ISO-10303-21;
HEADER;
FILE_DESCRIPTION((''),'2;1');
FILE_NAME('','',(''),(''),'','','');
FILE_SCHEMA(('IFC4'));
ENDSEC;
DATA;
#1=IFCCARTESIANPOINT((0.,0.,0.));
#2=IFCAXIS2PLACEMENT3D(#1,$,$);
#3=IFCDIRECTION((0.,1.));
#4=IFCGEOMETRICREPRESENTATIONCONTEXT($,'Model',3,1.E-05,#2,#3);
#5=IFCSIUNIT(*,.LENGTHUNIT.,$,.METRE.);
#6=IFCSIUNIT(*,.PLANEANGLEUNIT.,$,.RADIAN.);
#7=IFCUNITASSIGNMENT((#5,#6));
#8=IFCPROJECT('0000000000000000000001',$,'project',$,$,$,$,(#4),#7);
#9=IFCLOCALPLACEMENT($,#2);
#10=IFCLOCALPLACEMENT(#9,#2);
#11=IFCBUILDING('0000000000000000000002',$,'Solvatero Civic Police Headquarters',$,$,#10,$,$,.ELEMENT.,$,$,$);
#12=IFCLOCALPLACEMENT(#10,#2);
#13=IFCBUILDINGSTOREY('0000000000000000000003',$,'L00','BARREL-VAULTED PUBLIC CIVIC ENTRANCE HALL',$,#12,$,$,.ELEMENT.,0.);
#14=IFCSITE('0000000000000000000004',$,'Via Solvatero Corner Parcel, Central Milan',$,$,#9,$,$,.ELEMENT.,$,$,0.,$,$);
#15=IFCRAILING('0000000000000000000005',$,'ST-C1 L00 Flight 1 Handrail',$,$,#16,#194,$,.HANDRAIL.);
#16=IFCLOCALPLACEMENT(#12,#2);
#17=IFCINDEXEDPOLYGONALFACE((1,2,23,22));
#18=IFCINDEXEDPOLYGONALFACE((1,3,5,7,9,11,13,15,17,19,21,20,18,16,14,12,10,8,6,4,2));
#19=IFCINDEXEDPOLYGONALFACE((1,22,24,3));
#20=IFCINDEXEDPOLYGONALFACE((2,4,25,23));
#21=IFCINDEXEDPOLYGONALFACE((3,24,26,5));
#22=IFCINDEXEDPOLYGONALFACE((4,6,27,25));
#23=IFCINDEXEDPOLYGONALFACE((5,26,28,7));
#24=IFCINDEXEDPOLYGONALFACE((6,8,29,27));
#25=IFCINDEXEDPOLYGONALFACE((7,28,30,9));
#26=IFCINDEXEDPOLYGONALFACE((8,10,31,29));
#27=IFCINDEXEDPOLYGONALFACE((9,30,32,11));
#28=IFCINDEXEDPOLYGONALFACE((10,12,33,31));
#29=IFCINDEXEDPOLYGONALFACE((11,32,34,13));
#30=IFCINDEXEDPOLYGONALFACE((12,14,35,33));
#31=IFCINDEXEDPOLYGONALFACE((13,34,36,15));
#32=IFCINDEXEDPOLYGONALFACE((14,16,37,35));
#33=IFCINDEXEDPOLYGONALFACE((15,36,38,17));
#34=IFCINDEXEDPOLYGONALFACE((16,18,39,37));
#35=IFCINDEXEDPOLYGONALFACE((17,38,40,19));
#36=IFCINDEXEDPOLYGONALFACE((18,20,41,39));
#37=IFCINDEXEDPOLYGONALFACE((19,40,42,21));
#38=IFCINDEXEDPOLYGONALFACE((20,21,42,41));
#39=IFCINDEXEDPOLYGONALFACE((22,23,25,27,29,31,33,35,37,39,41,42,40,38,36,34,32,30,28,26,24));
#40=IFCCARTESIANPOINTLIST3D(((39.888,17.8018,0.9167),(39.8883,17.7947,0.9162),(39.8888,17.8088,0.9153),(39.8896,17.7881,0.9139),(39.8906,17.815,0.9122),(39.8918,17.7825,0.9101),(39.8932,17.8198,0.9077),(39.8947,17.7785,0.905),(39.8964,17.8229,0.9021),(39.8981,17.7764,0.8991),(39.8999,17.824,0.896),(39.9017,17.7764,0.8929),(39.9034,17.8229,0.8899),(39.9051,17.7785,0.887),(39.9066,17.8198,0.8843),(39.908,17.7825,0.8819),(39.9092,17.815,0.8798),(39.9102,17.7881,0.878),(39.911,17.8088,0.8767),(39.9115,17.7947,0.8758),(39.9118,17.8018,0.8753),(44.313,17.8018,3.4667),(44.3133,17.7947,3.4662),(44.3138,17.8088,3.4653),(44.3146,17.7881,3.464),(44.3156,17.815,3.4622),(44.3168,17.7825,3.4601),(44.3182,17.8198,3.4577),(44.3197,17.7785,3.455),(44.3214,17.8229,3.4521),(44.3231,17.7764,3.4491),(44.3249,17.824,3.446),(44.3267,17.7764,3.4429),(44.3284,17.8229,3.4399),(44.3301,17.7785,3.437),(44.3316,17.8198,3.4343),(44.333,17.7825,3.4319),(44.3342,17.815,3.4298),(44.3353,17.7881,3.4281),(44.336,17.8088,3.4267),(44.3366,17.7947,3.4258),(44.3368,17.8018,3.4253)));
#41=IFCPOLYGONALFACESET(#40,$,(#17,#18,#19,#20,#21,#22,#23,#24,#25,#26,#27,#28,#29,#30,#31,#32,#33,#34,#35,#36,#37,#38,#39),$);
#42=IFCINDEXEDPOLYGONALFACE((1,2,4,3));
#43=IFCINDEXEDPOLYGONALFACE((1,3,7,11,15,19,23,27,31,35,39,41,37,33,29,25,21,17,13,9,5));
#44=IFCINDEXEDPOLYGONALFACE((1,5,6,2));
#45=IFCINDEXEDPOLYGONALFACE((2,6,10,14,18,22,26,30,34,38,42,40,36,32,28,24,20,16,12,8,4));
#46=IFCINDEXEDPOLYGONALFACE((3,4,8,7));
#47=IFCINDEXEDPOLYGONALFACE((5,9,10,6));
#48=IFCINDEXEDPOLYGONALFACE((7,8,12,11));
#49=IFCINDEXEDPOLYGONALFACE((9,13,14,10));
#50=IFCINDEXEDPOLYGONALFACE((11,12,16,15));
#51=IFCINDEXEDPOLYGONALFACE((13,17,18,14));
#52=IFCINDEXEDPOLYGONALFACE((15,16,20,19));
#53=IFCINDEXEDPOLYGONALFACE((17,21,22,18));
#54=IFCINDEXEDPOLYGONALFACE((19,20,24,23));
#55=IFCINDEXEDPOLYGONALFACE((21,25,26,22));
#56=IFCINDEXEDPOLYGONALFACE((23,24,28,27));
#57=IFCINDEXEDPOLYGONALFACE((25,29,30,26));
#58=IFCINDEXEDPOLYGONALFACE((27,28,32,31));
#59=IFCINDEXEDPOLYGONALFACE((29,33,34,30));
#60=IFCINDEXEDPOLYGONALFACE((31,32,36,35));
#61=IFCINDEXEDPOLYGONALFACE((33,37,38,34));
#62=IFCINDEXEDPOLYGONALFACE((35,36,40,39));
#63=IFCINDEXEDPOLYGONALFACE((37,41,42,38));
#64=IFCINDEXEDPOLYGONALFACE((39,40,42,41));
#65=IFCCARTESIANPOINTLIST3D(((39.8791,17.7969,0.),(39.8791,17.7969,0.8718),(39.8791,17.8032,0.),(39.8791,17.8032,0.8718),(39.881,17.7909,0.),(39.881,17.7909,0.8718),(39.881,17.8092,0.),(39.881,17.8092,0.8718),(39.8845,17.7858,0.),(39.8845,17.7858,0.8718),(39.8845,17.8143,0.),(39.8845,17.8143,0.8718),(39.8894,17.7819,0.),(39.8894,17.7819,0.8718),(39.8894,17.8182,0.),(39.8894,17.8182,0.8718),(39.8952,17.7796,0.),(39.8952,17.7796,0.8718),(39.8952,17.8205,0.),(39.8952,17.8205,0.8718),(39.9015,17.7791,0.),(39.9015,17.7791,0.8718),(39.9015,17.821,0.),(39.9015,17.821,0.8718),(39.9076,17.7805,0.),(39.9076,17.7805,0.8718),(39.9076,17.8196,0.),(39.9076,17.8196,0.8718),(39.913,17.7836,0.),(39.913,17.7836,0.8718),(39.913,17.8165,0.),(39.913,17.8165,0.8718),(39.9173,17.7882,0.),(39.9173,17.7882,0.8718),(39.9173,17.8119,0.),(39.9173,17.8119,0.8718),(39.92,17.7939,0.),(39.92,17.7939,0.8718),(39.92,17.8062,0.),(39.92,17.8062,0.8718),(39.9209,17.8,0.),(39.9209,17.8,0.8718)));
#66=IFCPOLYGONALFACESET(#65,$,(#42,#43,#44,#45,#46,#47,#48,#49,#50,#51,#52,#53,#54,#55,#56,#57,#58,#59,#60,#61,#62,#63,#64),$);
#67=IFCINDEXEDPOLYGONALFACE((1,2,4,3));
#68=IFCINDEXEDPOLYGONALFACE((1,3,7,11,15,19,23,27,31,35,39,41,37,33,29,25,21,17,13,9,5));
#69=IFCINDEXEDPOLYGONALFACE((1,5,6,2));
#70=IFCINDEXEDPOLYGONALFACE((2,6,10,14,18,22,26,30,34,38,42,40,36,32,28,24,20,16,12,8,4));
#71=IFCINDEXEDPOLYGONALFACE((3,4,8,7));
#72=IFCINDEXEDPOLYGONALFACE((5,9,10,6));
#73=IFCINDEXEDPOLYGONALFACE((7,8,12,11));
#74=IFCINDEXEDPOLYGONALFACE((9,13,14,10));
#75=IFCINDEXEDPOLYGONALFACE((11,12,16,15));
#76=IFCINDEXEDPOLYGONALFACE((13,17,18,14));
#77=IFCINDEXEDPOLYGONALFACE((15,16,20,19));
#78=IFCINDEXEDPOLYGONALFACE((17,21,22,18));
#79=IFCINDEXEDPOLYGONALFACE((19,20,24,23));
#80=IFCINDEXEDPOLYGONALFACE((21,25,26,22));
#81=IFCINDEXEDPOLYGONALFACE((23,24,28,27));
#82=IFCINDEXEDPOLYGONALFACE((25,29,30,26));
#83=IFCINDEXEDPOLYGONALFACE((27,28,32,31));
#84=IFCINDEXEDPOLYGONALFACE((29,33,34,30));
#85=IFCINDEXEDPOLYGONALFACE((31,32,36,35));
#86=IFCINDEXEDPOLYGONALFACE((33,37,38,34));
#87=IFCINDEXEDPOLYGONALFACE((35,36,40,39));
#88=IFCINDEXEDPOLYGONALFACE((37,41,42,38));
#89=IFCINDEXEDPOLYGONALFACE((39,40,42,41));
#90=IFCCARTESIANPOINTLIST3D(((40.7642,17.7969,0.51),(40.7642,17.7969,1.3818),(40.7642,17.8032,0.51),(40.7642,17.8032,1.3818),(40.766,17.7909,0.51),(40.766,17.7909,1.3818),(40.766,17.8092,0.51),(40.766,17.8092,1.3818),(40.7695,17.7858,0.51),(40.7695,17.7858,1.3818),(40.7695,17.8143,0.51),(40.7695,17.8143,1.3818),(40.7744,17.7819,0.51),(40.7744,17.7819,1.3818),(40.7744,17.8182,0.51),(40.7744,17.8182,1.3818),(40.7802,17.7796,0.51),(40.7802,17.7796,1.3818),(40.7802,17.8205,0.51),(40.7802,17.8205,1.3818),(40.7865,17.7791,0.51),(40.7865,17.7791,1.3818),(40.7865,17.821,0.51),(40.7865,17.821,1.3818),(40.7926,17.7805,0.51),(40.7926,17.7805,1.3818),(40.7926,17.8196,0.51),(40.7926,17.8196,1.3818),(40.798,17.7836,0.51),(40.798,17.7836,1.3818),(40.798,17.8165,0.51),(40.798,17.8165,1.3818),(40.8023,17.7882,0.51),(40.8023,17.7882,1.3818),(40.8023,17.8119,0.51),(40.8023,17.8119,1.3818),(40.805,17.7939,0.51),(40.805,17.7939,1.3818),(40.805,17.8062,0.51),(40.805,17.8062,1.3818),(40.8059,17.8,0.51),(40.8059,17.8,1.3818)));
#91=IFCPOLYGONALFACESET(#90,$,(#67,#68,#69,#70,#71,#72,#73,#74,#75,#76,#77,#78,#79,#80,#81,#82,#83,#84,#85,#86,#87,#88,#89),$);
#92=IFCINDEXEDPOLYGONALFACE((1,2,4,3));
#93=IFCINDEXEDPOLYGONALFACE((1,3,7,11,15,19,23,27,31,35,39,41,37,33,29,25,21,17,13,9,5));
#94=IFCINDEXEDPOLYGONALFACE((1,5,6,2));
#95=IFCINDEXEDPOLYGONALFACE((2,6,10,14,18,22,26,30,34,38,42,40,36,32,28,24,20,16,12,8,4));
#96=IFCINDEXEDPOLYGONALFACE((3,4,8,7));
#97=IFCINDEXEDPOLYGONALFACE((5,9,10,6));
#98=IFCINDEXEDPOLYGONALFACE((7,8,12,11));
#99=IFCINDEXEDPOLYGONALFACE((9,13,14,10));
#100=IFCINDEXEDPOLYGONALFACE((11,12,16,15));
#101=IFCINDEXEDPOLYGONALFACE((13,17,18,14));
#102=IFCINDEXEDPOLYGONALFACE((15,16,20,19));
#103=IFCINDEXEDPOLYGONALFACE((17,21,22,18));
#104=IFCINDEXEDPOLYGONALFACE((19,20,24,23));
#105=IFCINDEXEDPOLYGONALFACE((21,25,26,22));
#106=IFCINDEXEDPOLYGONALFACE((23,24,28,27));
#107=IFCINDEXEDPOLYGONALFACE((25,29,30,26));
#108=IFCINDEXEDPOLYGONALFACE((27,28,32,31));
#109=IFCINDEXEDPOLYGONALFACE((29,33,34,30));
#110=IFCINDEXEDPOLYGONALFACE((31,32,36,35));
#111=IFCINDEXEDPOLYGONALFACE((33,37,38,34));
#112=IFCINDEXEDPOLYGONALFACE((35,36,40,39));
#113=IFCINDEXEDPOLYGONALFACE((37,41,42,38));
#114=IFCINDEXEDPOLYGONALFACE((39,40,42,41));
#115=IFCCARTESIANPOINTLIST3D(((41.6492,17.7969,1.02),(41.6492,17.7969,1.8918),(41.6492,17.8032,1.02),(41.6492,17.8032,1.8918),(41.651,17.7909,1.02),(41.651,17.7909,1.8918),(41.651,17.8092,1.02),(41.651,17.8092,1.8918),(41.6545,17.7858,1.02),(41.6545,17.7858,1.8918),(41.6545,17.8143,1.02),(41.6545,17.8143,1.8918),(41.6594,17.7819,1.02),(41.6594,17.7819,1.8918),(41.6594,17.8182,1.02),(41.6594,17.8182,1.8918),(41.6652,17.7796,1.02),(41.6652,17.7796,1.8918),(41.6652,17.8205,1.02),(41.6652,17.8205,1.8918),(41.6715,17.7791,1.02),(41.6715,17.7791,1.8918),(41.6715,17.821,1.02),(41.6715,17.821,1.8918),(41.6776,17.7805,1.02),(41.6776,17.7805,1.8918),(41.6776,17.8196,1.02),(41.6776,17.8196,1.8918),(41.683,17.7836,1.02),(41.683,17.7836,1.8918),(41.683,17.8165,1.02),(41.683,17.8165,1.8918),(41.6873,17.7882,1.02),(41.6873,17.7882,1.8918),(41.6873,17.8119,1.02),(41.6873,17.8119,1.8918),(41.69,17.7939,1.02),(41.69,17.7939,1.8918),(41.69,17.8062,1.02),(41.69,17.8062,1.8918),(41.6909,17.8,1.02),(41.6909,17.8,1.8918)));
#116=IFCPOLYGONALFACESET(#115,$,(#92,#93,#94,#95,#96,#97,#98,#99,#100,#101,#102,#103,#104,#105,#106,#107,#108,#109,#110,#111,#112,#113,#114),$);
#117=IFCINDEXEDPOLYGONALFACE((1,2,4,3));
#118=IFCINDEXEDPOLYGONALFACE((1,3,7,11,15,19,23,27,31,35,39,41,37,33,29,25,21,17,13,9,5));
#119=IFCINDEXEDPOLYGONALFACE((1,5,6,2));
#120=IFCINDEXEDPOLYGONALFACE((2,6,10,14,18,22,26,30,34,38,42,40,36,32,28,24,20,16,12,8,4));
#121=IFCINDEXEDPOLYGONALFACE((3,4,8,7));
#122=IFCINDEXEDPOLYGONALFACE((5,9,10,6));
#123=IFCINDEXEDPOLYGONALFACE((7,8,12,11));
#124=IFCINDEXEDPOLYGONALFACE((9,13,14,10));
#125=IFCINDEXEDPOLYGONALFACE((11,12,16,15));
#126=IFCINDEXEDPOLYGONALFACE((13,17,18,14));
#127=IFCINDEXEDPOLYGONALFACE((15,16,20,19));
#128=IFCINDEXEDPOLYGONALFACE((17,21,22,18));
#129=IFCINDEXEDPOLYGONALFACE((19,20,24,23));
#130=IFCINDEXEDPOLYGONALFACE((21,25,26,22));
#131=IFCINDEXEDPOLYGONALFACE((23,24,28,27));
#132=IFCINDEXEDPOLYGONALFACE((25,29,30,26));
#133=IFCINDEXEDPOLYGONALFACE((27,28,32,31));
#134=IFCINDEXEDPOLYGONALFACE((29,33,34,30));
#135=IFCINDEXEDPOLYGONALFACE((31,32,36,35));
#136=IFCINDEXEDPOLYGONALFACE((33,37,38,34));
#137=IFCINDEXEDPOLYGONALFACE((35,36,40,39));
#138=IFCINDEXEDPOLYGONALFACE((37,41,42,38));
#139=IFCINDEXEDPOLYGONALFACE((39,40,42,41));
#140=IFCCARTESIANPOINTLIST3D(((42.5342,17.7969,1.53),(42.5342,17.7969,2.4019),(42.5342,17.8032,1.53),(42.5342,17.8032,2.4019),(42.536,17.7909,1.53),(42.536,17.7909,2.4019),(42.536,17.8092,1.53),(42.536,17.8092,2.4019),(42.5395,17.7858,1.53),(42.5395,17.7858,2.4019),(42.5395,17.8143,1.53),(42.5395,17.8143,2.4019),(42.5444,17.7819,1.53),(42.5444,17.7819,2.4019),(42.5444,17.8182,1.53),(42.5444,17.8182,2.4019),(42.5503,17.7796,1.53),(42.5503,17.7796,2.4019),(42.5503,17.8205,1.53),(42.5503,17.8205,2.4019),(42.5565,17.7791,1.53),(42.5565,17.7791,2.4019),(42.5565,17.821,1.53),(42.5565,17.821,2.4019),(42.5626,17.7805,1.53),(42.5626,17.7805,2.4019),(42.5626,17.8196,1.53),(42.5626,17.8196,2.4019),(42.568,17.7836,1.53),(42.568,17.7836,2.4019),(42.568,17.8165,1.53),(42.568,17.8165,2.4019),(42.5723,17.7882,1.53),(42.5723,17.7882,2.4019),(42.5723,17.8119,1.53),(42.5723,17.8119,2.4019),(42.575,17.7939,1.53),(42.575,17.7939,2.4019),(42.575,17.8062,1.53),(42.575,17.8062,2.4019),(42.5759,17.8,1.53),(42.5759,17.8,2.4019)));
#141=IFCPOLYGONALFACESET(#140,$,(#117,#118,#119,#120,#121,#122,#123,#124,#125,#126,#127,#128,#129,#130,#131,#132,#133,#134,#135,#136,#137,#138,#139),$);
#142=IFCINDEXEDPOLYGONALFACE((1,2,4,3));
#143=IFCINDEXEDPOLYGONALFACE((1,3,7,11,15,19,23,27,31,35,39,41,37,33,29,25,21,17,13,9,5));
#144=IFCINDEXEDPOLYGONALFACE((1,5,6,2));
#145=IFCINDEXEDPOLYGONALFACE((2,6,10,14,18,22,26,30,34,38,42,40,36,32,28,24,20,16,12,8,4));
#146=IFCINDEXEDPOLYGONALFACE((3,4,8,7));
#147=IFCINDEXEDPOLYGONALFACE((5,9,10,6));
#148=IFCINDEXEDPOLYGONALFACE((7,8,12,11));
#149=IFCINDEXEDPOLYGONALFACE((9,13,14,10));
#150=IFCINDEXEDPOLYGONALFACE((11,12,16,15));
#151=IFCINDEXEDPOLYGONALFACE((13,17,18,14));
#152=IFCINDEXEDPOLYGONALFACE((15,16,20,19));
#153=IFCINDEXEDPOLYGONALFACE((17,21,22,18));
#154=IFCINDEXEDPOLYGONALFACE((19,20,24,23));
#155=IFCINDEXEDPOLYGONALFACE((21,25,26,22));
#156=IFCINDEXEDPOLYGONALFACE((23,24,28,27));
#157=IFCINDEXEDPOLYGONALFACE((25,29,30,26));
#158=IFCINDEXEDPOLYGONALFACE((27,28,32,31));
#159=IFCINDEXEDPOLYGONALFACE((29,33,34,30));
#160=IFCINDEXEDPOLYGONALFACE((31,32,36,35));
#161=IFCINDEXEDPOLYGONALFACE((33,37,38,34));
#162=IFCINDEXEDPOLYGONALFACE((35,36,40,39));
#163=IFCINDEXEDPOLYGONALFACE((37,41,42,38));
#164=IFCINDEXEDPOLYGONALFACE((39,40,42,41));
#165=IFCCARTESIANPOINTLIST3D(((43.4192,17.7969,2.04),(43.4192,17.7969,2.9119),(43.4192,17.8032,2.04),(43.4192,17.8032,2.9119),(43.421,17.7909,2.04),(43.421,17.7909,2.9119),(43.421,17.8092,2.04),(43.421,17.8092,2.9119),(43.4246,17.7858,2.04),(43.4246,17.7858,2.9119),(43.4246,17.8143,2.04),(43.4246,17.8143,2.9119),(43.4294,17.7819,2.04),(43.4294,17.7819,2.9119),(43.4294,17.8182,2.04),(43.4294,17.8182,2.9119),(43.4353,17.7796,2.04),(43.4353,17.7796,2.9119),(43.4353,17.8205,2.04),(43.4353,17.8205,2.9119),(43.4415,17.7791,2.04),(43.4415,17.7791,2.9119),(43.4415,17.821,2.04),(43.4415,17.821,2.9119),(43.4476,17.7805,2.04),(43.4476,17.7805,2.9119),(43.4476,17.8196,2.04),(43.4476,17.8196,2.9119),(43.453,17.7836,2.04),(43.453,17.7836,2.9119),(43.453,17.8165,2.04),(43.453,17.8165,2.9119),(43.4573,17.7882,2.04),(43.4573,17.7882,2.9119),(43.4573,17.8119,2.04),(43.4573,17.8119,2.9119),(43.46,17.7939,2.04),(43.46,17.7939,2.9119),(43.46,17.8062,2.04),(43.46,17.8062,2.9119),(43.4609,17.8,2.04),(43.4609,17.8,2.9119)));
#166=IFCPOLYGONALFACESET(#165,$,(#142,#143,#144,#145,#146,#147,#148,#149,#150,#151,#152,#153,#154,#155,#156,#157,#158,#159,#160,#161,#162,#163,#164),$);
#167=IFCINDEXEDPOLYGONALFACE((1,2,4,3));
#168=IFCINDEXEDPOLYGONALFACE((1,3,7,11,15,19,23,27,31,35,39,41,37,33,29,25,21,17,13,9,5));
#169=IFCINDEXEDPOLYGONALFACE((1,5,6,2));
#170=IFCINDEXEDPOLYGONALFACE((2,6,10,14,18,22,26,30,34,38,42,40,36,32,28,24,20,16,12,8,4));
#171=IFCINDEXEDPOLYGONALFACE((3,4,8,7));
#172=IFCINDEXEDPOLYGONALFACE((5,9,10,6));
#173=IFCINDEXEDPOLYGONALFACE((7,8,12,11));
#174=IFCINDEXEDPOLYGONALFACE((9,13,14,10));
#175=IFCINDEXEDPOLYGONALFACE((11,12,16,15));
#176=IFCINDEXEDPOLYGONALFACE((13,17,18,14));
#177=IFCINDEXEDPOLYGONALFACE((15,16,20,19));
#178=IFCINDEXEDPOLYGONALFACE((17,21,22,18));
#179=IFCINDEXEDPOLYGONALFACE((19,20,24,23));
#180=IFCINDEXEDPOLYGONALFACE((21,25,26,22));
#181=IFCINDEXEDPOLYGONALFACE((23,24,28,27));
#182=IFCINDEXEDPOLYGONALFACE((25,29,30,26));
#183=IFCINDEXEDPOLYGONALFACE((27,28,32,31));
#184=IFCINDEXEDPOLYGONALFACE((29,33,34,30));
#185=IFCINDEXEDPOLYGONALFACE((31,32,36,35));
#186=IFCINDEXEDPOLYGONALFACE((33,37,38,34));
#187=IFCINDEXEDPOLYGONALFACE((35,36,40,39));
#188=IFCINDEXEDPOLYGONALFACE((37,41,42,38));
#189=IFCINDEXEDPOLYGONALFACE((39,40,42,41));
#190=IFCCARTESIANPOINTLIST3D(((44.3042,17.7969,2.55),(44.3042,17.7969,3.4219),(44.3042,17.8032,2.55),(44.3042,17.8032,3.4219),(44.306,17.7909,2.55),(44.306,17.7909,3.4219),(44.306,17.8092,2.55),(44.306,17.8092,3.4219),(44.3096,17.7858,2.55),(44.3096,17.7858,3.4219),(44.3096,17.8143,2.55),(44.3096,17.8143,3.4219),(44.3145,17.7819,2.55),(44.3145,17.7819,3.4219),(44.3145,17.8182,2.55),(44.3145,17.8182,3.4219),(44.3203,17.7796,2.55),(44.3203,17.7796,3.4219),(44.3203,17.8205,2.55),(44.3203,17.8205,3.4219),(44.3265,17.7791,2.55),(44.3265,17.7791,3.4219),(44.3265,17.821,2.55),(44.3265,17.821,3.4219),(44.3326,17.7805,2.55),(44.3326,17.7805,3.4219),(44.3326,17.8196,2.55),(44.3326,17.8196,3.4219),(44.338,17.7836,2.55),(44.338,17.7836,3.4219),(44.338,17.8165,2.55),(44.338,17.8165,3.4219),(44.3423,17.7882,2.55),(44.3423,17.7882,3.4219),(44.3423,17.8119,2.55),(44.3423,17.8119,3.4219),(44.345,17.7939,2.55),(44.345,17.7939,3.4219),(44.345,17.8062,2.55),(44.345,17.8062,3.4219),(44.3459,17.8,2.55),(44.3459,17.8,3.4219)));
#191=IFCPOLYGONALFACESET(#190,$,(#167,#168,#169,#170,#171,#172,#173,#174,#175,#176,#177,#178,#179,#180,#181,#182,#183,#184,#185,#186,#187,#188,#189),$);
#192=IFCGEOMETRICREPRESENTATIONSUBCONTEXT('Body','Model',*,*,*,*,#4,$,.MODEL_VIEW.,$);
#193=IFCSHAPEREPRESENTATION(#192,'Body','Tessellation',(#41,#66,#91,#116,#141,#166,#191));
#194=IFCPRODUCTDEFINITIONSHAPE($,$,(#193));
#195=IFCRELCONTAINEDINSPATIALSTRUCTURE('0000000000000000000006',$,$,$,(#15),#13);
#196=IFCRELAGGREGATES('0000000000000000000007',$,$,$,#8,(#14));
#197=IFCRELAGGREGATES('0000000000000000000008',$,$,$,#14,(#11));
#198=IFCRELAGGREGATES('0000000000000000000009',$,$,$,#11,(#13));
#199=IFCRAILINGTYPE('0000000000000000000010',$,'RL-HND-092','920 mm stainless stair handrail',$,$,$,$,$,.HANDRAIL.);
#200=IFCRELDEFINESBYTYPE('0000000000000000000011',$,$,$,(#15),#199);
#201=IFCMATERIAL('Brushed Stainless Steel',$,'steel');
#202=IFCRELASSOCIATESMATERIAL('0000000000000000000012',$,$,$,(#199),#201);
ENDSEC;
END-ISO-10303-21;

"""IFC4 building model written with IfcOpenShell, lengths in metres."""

from ifc_helpers import new_model, si_unit, direction, frame, origin, origin_2d, place, context, subcontext, project, spatial, circle, extrude, material, type_object, element, save


model = new_model("IFC4")

# Units and contexts
model_context = context("Model", 3, precision=1e-05, world=origin(), true_north=direction((0.0, 1.0)))
body_context = subcontext(model_context, "Body", "Model", "MODEL_VIEW")
ifc_project = project(units=[si_unit("LENGTHUNIT", "METRE"), si_unit("PLANEANGLEUNIT", "RADIAN")], contexts=[model_context])

# Site, building, storey
site_placement = place(None, origin())
site = spatial("IfcSite", under=ifc_project, at=site_placement, Name="Via Solvatero Corner Parcel, Central Milan", CompositionType="ELEMENT", RefElevation=0.0)
building_placement = place(site_placement, origin())
building = spatial("IfcBuilding", under=site, at=building_placement, Name="Solvatero Civic Police Headquarters", CompositionType="ELEMENT")
storey_placement = place(building_placement, origin())
storey = spatial("IfcBuildingStorey", under=building, at=storey_placement, Name="L00", Description="BARREL-VAULTED PUBLIC CIVIC ENTRANCE HALL", CompositionType="ELEMENT", Elevation=0.0)

# Railing
ifc_material_1 = material(Name="Brushed Stainless Steel", Category="steel")
railing_type_1 = type_object("IfcRailingType", Name="RL-HND-092", Description="920 mm stainless stair handrail", PredefinedType="HANDRAIL", material=ifc_material_1)
railing_1_placement = place(storey_placement, frame((39.8999, 17.8, 0.0)))
element("IfcRailing", 1, at=railing_1_placement, inside=storey, type_object=railing_type_1, Name="ST-C1 L00 Flight 1 Handrail", PredefinedType="HANDRAIL", context=body_context, shape_type="SweptSolid", body=[
    extrude(circle(Radius=0.0239, at=origin_2d()), frame((0.0, 0.0, 0.896), z_axis=(0.866428, 0.0, 0.499302), x_axis=(0.0, 1.0, 0.0)), (0.0, 0.0, 1.0), 5.1072),
    extrude(circle(Radius=0.021, at=origin_2d()), origin(), (0.0, 0.0, 1.0), 0.8718),
    extrude(circle(Radius=0.021, at=origin_2d()), frame((0.885, 0.0, 0.51)), (0.0, 0.0, 1.0), 0.8718),
    extrude(circle(Radius=0.021, at=origin_2d()), frame((1.77, 0.0, 1.02)), (0.0, 0.0, 1.0), 0.8718),
    extrude(circle(Radius=0.021, at=origin_2d()), frame((2.655, 0.0, 1.53)), (0.0, 0.0, 1.0), 0.8718),
    extrude(circle(Radius=0.021, at=origin_2d()), frame((3.54, 0.0, 2.04)), (0.0, 0.0, 1.0), 0.8718),
    extrude(circle(Radius=0.021, at=origin_2d()), frame((4.425, 0.0, 2.55)), (0.0, 0.0, 1.0), 0.8718),
])

save(model, "model.ifc")
